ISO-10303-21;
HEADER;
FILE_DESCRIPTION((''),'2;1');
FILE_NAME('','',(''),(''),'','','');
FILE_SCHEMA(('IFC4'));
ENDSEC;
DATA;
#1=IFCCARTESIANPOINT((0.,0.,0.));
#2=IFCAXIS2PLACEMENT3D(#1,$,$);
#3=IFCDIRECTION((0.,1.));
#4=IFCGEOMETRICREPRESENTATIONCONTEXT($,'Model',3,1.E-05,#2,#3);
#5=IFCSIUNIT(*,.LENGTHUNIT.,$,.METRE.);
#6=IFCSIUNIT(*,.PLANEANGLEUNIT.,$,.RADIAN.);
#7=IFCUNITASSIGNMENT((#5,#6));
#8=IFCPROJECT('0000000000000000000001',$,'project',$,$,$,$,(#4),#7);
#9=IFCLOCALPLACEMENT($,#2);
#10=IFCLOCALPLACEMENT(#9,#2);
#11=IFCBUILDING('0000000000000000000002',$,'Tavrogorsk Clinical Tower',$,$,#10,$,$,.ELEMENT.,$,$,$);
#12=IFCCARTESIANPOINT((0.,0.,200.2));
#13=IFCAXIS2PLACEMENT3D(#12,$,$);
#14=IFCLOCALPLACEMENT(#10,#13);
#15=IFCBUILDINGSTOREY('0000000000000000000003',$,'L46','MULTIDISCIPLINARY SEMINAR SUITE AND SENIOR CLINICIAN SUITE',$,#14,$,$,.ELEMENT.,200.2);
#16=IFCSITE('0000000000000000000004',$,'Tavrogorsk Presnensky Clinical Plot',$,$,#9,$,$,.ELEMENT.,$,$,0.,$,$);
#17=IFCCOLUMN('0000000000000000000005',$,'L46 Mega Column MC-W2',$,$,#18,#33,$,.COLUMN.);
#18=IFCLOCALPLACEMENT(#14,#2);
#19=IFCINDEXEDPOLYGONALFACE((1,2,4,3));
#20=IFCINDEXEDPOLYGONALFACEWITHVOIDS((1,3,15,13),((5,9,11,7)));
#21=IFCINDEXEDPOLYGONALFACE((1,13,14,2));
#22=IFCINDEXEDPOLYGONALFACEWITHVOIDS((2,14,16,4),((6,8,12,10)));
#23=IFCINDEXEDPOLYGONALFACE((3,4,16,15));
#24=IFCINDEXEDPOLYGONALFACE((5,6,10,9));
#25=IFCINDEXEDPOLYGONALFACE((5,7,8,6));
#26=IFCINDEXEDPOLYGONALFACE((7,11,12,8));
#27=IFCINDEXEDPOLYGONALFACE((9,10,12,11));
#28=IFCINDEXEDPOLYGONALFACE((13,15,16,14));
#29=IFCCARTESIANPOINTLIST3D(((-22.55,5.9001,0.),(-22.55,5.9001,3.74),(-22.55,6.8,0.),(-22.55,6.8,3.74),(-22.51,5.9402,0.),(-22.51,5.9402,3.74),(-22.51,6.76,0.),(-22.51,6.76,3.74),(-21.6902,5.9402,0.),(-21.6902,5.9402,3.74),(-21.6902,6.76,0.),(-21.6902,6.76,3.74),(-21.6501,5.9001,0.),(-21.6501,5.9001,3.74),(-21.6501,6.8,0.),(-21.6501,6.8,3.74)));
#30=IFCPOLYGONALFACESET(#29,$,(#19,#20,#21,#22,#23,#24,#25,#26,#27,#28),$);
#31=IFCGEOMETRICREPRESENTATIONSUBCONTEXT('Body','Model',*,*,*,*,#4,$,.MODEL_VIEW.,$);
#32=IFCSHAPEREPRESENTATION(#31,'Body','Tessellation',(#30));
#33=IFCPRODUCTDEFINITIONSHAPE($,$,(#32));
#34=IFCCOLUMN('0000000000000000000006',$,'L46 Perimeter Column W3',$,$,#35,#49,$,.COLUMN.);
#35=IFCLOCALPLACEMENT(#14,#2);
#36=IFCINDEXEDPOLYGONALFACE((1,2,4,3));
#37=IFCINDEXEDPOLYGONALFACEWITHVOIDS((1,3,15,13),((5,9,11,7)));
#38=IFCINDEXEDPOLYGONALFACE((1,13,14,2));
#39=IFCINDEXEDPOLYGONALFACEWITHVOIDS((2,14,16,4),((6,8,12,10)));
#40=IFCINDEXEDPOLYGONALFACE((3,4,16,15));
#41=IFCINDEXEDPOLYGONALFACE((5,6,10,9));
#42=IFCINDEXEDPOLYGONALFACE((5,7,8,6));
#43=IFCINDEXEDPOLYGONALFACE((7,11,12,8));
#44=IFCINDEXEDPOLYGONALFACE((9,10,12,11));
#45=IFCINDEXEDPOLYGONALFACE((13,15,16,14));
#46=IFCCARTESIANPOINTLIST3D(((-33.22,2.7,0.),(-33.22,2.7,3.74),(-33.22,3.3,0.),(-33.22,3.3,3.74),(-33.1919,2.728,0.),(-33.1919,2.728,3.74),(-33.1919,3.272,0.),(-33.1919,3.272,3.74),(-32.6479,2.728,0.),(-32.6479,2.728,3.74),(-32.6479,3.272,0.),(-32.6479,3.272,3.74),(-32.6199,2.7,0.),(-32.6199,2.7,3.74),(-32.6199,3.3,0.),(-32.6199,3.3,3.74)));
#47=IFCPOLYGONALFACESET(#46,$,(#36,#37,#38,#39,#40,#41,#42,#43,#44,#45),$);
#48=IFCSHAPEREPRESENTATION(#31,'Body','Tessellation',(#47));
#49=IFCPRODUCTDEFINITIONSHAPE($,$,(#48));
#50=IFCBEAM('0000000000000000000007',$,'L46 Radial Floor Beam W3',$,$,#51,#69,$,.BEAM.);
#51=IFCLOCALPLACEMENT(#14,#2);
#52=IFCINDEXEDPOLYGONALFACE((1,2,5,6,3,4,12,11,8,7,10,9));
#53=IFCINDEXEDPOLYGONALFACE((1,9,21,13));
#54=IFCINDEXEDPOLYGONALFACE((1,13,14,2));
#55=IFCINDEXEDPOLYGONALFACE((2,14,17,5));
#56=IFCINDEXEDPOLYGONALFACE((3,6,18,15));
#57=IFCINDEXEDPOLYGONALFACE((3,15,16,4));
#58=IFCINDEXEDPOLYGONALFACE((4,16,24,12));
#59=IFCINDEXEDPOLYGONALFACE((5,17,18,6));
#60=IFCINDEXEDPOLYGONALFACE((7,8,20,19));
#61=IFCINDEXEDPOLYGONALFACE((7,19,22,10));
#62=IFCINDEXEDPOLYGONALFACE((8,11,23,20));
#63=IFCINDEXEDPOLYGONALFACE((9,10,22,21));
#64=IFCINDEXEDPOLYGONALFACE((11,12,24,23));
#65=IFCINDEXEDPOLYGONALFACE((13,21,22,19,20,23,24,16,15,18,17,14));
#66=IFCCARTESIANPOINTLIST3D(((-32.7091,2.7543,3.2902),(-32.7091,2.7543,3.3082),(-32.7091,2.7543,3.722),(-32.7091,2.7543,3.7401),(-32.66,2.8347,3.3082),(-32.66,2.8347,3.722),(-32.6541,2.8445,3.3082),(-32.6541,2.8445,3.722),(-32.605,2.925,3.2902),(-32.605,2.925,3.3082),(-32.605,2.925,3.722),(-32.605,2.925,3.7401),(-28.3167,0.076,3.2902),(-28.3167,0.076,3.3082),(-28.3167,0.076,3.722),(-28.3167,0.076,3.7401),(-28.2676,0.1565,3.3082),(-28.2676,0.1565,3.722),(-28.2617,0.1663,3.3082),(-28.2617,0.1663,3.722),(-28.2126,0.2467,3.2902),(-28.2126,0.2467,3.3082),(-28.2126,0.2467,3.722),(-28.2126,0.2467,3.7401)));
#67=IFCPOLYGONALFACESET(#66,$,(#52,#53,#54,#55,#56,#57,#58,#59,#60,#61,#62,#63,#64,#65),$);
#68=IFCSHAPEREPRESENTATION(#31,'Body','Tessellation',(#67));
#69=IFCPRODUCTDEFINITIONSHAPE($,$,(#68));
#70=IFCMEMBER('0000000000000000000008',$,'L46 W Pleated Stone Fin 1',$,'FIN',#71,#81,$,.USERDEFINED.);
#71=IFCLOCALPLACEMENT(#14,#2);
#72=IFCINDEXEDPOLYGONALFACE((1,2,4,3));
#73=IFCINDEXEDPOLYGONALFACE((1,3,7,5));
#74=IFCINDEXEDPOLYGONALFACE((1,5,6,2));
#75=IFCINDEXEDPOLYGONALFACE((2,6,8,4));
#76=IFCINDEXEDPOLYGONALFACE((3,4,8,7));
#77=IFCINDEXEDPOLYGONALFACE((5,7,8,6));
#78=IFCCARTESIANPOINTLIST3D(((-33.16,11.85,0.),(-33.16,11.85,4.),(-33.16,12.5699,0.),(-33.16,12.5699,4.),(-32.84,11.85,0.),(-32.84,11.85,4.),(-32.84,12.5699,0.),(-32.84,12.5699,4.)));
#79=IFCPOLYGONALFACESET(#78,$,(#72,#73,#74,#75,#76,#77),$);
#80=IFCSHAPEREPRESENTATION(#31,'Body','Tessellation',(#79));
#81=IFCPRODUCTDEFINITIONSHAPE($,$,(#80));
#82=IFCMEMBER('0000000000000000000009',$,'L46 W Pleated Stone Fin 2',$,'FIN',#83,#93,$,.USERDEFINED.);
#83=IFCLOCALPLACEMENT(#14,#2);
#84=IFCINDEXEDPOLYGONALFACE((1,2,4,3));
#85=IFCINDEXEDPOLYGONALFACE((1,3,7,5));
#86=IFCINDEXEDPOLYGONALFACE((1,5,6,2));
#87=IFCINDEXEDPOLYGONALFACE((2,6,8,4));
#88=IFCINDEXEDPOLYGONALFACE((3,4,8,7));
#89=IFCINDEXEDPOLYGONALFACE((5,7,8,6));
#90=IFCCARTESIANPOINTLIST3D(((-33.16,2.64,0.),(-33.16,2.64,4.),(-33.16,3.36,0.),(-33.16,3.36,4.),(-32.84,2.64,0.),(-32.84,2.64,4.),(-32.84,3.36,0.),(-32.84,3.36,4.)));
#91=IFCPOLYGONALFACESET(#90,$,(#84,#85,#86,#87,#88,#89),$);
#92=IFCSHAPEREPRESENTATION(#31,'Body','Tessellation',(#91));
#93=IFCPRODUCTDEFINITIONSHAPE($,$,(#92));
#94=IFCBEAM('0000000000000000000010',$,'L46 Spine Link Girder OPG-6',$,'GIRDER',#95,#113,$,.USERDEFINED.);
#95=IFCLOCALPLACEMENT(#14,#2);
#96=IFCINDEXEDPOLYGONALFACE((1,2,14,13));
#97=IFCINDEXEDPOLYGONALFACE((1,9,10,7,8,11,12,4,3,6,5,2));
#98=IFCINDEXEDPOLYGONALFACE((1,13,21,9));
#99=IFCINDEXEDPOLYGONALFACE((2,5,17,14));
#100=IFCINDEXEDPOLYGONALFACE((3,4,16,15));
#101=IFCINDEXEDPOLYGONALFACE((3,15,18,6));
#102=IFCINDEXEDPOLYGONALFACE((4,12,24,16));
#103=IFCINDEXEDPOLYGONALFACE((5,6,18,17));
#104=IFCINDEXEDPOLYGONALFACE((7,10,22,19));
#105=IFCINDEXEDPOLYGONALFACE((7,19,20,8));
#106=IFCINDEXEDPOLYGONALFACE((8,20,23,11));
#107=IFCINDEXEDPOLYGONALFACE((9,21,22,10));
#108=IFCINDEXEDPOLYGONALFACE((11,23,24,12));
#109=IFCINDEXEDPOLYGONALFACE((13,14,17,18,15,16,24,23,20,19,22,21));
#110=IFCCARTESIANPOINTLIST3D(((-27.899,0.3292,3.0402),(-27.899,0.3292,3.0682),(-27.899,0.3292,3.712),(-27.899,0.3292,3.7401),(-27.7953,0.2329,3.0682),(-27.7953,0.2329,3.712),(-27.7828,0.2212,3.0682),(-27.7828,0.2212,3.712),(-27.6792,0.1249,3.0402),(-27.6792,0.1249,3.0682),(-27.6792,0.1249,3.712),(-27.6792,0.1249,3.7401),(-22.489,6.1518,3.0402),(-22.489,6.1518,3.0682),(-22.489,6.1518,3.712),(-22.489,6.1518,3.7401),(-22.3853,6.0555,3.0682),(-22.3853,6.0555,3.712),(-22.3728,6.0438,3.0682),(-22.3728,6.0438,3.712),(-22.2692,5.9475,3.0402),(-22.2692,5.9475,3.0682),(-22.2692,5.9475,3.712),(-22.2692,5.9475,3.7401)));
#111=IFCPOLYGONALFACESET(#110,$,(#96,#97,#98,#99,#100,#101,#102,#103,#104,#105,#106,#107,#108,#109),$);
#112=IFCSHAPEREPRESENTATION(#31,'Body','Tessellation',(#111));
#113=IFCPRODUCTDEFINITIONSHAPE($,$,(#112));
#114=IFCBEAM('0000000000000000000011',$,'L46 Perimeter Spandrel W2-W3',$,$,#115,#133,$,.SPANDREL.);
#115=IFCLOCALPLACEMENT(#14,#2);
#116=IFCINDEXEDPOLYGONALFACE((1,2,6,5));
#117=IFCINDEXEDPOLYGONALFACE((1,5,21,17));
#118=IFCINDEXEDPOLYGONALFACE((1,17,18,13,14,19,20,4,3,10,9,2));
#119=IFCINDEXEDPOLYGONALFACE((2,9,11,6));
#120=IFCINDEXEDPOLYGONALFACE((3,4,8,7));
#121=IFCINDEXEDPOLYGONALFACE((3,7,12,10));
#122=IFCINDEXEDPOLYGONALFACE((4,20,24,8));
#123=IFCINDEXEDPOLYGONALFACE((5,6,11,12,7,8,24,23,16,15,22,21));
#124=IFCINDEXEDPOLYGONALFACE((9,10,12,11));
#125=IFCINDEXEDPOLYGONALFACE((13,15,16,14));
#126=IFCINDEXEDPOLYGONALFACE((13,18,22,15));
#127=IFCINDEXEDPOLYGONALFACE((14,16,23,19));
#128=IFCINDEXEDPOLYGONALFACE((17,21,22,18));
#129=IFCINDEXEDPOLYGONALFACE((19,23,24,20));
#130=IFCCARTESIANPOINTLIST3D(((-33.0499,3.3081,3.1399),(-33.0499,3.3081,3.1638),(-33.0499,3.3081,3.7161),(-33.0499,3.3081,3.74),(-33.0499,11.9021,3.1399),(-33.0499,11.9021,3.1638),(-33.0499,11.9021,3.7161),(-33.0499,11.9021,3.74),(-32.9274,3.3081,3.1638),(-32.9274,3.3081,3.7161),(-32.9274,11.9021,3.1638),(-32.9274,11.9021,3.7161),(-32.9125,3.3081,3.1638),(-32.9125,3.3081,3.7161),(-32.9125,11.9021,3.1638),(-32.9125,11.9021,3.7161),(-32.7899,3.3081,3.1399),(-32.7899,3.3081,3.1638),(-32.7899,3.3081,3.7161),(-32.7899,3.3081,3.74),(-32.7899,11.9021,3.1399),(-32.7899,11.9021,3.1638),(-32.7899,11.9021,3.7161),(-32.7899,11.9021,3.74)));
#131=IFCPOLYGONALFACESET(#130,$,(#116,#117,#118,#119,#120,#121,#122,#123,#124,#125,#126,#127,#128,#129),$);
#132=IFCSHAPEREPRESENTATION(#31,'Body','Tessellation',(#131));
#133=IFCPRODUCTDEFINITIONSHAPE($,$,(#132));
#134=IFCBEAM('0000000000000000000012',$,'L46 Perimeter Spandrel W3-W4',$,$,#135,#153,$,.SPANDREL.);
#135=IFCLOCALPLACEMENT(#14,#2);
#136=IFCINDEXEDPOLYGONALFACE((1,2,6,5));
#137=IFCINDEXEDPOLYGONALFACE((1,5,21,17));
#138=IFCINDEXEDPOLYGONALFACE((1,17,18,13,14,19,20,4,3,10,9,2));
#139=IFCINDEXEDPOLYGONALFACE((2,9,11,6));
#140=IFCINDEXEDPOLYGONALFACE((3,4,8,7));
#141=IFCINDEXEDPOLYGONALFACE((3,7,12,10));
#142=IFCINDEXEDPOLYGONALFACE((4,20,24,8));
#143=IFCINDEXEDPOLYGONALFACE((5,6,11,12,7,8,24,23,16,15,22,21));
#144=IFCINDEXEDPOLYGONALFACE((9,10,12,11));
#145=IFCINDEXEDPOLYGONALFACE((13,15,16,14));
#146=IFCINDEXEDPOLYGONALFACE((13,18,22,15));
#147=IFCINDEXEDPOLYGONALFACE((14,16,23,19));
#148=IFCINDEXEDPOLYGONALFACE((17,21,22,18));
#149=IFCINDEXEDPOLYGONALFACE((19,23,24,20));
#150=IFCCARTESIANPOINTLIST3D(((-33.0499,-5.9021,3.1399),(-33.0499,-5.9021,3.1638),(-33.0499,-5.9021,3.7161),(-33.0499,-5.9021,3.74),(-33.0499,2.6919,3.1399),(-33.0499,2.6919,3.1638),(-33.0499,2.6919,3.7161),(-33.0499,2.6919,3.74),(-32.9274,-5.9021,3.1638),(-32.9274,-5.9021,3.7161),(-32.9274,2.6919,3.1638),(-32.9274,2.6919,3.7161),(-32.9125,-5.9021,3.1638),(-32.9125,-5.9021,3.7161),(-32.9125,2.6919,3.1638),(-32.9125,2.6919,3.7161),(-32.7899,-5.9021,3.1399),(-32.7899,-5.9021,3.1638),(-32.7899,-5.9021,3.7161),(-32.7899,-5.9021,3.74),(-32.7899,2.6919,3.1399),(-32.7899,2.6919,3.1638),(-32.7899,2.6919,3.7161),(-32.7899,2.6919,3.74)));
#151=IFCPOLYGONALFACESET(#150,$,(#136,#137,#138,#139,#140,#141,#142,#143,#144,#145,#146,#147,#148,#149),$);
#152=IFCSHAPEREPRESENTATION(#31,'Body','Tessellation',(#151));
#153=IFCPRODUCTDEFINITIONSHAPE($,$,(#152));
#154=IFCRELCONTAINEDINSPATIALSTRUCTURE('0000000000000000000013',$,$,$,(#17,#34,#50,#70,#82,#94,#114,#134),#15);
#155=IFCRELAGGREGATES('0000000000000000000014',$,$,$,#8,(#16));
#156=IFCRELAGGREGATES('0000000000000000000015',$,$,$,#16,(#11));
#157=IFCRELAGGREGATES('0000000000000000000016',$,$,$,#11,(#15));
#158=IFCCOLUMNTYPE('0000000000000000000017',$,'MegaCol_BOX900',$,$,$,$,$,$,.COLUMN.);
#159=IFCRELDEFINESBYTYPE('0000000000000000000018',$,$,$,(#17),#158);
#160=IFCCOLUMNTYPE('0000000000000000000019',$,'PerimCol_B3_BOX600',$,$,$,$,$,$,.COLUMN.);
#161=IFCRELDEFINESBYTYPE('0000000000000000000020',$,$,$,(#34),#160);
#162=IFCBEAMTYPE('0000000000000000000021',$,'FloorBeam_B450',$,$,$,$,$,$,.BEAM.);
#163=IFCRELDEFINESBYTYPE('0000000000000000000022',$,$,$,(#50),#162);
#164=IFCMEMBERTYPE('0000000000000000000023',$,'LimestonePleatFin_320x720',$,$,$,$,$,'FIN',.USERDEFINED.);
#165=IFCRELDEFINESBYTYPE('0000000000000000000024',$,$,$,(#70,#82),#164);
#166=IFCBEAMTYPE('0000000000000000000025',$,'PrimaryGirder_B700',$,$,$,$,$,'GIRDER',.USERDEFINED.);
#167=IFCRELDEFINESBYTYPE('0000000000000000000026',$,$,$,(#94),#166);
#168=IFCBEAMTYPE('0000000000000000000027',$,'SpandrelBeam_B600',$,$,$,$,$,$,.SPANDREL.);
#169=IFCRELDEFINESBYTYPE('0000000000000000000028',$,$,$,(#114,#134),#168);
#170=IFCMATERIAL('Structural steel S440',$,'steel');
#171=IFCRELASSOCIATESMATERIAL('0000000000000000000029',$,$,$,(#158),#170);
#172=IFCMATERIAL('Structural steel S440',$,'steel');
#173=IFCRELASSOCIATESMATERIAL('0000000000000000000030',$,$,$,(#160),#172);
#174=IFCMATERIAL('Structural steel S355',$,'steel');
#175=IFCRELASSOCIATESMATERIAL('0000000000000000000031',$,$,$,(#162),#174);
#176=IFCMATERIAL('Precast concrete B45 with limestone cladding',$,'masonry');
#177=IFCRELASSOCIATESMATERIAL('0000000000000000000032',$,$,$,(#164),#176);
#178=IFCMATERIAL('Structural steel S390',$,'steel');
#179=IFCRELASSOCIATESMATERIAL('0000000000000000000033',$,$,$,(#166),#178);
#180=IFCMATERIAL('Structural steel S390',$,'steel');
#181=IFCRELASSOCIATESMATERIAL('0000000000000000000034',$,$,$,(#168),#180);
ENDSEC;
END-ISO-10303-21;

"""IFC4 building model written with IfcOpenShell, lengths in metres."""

from ifc_helpers import new_model, si_unit, direction, frame, origin, origin_2d, place, context, subcontext, project, spatial, rectangle, hollow_rectangle, i_section, extrude, material, material_profile, profile_set, type_object, element, save


model = new_model("IFC4")

# Units and contexts
model_context = context("Model", 3, precision=1e-05, world=origin(), true_north=direction((0.0, 1.0)))
body_context = subcontext(model_context, "Body", "Model", "MODEL_VIEW")
ifc_project = project(units=[si_unit("LENGTHUNIT", "METRE"), si_unit("PLANEANGLEUNIT", "RADIAN")], contexts=[model_context])

# Site, building, storey
site_placement = place(None, origin())
site = spatial("IfcSite", under=ifc_project, at=site_placement, Name="Tavrogorsk Presnensky Clinical Plot", CompositionType="ELEMENT", RefElevation=0.0)
building_placement = place(site_placement, origin())
building = spatial("IfcBuilding", under=site, at=building_placement, Name="Tavrogorsk Clinical Tower", CompositionType="ELEMENT")
storey_placement = place(building_placement, frame((0.0, 0.0, 200.2)))
storey = spatial("IfcBuildingStorey", under=building, at=storey_placement, Name="L46", Description="MULTIDISCIPLINARY SEMINAR SUITE AND SENIOR CLINICIAN SUITE", CompositionType="ELEMENT", Elevation=200.2)

# Columns
ifc_material_1 = material(Name="Structural steel S440", Category="steel")
ifc_material_profile_1 = material_profile(ifc_material_1, hollow_rectangle(XDim=0.8999, YDim=0.8999, WallThickness=0.04, at=origin_2d()), Name="BOX-900x900x40")
ifc_profile_set_1 = profile_set([ifc_material_profile_1], Name="Structural steel S440")
column_type_1 = type_object("IfcColumnType", Name="MegaCol_BOX900", PredefinedType="COLUMN", material=ifc_profile_set_1)
column_1_placement = place(storey_placement, frame((-22.1001, 6.3501, 0.0), z_axis=(0.0, 0.0, 1.0), x_axis=(1.0, 0.0, 0.0)))
element("IfcColumn", 1, at=column_1_placement, inside=storey, type_object=column_type_1, Name="L46 Mega Column MC-W2", PredefinedType="COLUMN", context=body_context, shape_type="SweptSolid", body=[
    extrude(hollow_rectangle(XDim=0.8999, YDim=0.8999, WallThickness=0.04, at=origin_2d()), origin(), (0.0, 0.0, 1.0), 3.74),
])
ifc_material_2 = material(Name="Structural steel S440", Category="steel")
ifc_material_profile_2 = material_profile(ifc_material_2, hollow_rectangle(XDim=0.6001, YDim=0.6001, WallThickness=0.0281, at=origin_2d()), Name="BOX-600x600x28")
ifc_profile_set_2 = profile_set([ifc_material_profile_2], Name="Structural steel S440")
column_type_2 = type_object("IfcColumnType", Name="PerimCol_B3_BOX600", PredefinedType="COLUMN", material=ifc_profile_set_2)
column_2_placement = place(storey_placement, frame((-32.9199, 3.0, 0.0), z_axis=(0.0, 0.0, 1.0), x_axis=(1.0, 0.0, 0.0)))
element("IfcColumn", 2, at=column_2_placement, inside=storey, type_object=column_type_2, Name="L46 Perimeter Column W3", PredefinedType="COLUMN", context=body_context, shape_type="SweptSolid", body=[
    extrude(hollow_rectangle(XDim=0.6001, YDim=0.6001, WallThickness=0.0281, at=origin_2d()), origin(), (0.0, 0.0, 1.0), 3.74),
])

# Beam
ifc_material_3 = material(Name="Structural steel S355", Category="steel")
ifc_material_profile_3 = material_profile(ifc_material_3, i_section(OverallWidth=0.2, OverallDepth=0.45, WebThickness=0.0115, FlangeThickness=0.0181, at=origin_2d()), Name="B-450x200x11.5x18")
ifc_profile_set_3 = profile_set([ifc_material_profile_3], Name="Structural steel S355")
beam_type_1 = type_object("IfcBeamType", Name="FloorBeam_B450", PredefinedType="BEAM", material=ifc_profile_set_3)
beam_1_placement = place(storey_placement, frame((-28.2646, 0.1614, 3.5151), z_axis=(-0.853799, 0.520603, 0.0), x_axis=(-0.520603, -0.853799, 0.0)))
element("IfcBeam", 3, at=beam_1_placement, inside=storey, type_object=beam_type_1, Name="L46 Radial Floor Beam W3", PredefinedType="BEAM", context=body_context, shape_type="SweptSolid", body=[
    extrude(i_section(OverallWidth=0.2, OverallDepth=0.45, WebThickness=0.0115, FlangeThickness=0.0181, at=origin_2d()), origin(), (0.0, 0.0, 1.0), 5.1445),
])

# Members
ifc_material_4 = material(Name="Precast concrete B45 with limestone cladding", Category="masonry")
ifc_material_profile_4 = material_profile(ifc_material_4, rectangle(XDim=0.3201, YDim=0.72, at=origin_2d()), Name="LIMESTONE-FIN-320x720")
ifc_profile_set_4 = profile_set([ifc_material_profile_4], Name="Precast concrete B45 with limestone cladding")
member_type = type_object("IfcMemberType", Name="LimestonePleatFin_320x720", ElementType="FIN", PredefinedType="USERDEFINED", material=ifc_profile_set_4)
for number, where, z_axis, x_axis, name in (
    (4, (-33.0, 12.21, 0.0), (0.0, 0.0, 1.0), (1.0, 0.0, 0.0), "L46 W Pleated Stone Fin 1"),
    (5, (-33.0, 3.0, 0.0), (0.0, 0.0, 1.0), (1.0, 0.0, 0.0), "L46 W Pleated Stone Fin 2"),
):
    element("IfcMember", number, at=place(storey_placement, frame(where, z_axis=z_axis, x_axis=x_axis)), inside=storey, type_object=member_type, Name=name, ObjectType="FIN", PredefinedType="USERDEFINED", context=body_context, shape_type="SweptSolid", body=[
        extrude(rectangle(XDim=0.3201, YDim=0.72, at=origin_2d()), origin(), (0.0, 0.0, 1.0), 4.0),
    ])

# Beams
ifc_material_5 = material(Name="Structural steel S390", Category="steel")
ifc_material_profile_5 = material_profile(ifc_material_5, i_section(OverallWidth=0.3, OverallDepth=0.7, WebThickness=0.0171, FlangeThickness=0.0281, at=origin_2d()), Name="B-700x300x17x28")
ifc_profile_set_5 = profile_set([ifc_material_profile_5], Name="Structural steel S390")
beam_type_2 = type_object("IfcBeamType", Name="PrimaryGirder_B700", ElementType="GIRDER", PredefinedType="USERDEFINED", material=ifc_profile_set_5)
beam_2_placement = place(storey_placement, frame((-27.7891, 0.2271, 3.3901), z_axis=(0.680674, 0.732587, 0.0), x_axis=(-0.732587, 0.680674, 0.0)))
element("IfcBeam", 6, at=beam_2_placement, inside=storey, type_object=beam_type_2, Name="L46 Spine Link Girder OPG-6", ObjectType="GIRDER", PredefinedType="USERDEFINED", context=body_context, shape_type="SweptSolid", body=[
    extrude(i_section(OverallWidth=0.3, OverallDepth=0.7, WebThickness=0.0171, FlangeThickness=0.0281, at=origin_2d()), origin(), (0.0, 0.0, 1.0), 7.948),
])
ifc_material_6 = material(Name="Structural steel S390", Category="steel")
ifc_material_profile_6 = material_profile(ifc_material_6, i_section(OverallWidth=0.26, OverallDepth=0.6001, WebThickness=0.0149, FlangeThickness=0.0239, at=origin_2d()), Name="B-600x260x15x24")
ifc_profile_set_6 = profile_set([ifc_material_profile_6], Name="Structural steel S390")
beam_type_3 = type_object("IfcBeamType", Name="SpandrelBeam_B600", PredefinedType="SPANDREL", material=ifc_profile_set_6)
for number, where, z_axis, x_axis, name in (
    (7, (-32.9199, 11.9021, 3.4399), (0.0, -1.0, 0.0), (1.0, 0.0, 0.0), "L46 Perimeter Spandrel W2-W3"),
    (8, (-32.9199, 2.6919, 3.4399), (0.0, -1.0, 0.0), (1.0, 0.0, 0.0), "L46 Perimeter Spandrel W3-W4"),
):
    element("IfcBeam", number, at=place(storey_placement, frame(where, z_axis=z_axis, x_axis=x_axis)), inside=storey, type_object=beam_type_3, Name=name, PredefinedType="SPANDREL", context=body_context, shape_type="SweptSolid", body=[
        extrude(i_section(OverallWidth=0.26, OverallDepth=0.6001, WebThickness=0.0149, FlangeThickness=0.0239, at=origin_2d()), origin(), (0.0, 0.0, 1.0), 8.594),
    ])

save(model, "model.ifc")
